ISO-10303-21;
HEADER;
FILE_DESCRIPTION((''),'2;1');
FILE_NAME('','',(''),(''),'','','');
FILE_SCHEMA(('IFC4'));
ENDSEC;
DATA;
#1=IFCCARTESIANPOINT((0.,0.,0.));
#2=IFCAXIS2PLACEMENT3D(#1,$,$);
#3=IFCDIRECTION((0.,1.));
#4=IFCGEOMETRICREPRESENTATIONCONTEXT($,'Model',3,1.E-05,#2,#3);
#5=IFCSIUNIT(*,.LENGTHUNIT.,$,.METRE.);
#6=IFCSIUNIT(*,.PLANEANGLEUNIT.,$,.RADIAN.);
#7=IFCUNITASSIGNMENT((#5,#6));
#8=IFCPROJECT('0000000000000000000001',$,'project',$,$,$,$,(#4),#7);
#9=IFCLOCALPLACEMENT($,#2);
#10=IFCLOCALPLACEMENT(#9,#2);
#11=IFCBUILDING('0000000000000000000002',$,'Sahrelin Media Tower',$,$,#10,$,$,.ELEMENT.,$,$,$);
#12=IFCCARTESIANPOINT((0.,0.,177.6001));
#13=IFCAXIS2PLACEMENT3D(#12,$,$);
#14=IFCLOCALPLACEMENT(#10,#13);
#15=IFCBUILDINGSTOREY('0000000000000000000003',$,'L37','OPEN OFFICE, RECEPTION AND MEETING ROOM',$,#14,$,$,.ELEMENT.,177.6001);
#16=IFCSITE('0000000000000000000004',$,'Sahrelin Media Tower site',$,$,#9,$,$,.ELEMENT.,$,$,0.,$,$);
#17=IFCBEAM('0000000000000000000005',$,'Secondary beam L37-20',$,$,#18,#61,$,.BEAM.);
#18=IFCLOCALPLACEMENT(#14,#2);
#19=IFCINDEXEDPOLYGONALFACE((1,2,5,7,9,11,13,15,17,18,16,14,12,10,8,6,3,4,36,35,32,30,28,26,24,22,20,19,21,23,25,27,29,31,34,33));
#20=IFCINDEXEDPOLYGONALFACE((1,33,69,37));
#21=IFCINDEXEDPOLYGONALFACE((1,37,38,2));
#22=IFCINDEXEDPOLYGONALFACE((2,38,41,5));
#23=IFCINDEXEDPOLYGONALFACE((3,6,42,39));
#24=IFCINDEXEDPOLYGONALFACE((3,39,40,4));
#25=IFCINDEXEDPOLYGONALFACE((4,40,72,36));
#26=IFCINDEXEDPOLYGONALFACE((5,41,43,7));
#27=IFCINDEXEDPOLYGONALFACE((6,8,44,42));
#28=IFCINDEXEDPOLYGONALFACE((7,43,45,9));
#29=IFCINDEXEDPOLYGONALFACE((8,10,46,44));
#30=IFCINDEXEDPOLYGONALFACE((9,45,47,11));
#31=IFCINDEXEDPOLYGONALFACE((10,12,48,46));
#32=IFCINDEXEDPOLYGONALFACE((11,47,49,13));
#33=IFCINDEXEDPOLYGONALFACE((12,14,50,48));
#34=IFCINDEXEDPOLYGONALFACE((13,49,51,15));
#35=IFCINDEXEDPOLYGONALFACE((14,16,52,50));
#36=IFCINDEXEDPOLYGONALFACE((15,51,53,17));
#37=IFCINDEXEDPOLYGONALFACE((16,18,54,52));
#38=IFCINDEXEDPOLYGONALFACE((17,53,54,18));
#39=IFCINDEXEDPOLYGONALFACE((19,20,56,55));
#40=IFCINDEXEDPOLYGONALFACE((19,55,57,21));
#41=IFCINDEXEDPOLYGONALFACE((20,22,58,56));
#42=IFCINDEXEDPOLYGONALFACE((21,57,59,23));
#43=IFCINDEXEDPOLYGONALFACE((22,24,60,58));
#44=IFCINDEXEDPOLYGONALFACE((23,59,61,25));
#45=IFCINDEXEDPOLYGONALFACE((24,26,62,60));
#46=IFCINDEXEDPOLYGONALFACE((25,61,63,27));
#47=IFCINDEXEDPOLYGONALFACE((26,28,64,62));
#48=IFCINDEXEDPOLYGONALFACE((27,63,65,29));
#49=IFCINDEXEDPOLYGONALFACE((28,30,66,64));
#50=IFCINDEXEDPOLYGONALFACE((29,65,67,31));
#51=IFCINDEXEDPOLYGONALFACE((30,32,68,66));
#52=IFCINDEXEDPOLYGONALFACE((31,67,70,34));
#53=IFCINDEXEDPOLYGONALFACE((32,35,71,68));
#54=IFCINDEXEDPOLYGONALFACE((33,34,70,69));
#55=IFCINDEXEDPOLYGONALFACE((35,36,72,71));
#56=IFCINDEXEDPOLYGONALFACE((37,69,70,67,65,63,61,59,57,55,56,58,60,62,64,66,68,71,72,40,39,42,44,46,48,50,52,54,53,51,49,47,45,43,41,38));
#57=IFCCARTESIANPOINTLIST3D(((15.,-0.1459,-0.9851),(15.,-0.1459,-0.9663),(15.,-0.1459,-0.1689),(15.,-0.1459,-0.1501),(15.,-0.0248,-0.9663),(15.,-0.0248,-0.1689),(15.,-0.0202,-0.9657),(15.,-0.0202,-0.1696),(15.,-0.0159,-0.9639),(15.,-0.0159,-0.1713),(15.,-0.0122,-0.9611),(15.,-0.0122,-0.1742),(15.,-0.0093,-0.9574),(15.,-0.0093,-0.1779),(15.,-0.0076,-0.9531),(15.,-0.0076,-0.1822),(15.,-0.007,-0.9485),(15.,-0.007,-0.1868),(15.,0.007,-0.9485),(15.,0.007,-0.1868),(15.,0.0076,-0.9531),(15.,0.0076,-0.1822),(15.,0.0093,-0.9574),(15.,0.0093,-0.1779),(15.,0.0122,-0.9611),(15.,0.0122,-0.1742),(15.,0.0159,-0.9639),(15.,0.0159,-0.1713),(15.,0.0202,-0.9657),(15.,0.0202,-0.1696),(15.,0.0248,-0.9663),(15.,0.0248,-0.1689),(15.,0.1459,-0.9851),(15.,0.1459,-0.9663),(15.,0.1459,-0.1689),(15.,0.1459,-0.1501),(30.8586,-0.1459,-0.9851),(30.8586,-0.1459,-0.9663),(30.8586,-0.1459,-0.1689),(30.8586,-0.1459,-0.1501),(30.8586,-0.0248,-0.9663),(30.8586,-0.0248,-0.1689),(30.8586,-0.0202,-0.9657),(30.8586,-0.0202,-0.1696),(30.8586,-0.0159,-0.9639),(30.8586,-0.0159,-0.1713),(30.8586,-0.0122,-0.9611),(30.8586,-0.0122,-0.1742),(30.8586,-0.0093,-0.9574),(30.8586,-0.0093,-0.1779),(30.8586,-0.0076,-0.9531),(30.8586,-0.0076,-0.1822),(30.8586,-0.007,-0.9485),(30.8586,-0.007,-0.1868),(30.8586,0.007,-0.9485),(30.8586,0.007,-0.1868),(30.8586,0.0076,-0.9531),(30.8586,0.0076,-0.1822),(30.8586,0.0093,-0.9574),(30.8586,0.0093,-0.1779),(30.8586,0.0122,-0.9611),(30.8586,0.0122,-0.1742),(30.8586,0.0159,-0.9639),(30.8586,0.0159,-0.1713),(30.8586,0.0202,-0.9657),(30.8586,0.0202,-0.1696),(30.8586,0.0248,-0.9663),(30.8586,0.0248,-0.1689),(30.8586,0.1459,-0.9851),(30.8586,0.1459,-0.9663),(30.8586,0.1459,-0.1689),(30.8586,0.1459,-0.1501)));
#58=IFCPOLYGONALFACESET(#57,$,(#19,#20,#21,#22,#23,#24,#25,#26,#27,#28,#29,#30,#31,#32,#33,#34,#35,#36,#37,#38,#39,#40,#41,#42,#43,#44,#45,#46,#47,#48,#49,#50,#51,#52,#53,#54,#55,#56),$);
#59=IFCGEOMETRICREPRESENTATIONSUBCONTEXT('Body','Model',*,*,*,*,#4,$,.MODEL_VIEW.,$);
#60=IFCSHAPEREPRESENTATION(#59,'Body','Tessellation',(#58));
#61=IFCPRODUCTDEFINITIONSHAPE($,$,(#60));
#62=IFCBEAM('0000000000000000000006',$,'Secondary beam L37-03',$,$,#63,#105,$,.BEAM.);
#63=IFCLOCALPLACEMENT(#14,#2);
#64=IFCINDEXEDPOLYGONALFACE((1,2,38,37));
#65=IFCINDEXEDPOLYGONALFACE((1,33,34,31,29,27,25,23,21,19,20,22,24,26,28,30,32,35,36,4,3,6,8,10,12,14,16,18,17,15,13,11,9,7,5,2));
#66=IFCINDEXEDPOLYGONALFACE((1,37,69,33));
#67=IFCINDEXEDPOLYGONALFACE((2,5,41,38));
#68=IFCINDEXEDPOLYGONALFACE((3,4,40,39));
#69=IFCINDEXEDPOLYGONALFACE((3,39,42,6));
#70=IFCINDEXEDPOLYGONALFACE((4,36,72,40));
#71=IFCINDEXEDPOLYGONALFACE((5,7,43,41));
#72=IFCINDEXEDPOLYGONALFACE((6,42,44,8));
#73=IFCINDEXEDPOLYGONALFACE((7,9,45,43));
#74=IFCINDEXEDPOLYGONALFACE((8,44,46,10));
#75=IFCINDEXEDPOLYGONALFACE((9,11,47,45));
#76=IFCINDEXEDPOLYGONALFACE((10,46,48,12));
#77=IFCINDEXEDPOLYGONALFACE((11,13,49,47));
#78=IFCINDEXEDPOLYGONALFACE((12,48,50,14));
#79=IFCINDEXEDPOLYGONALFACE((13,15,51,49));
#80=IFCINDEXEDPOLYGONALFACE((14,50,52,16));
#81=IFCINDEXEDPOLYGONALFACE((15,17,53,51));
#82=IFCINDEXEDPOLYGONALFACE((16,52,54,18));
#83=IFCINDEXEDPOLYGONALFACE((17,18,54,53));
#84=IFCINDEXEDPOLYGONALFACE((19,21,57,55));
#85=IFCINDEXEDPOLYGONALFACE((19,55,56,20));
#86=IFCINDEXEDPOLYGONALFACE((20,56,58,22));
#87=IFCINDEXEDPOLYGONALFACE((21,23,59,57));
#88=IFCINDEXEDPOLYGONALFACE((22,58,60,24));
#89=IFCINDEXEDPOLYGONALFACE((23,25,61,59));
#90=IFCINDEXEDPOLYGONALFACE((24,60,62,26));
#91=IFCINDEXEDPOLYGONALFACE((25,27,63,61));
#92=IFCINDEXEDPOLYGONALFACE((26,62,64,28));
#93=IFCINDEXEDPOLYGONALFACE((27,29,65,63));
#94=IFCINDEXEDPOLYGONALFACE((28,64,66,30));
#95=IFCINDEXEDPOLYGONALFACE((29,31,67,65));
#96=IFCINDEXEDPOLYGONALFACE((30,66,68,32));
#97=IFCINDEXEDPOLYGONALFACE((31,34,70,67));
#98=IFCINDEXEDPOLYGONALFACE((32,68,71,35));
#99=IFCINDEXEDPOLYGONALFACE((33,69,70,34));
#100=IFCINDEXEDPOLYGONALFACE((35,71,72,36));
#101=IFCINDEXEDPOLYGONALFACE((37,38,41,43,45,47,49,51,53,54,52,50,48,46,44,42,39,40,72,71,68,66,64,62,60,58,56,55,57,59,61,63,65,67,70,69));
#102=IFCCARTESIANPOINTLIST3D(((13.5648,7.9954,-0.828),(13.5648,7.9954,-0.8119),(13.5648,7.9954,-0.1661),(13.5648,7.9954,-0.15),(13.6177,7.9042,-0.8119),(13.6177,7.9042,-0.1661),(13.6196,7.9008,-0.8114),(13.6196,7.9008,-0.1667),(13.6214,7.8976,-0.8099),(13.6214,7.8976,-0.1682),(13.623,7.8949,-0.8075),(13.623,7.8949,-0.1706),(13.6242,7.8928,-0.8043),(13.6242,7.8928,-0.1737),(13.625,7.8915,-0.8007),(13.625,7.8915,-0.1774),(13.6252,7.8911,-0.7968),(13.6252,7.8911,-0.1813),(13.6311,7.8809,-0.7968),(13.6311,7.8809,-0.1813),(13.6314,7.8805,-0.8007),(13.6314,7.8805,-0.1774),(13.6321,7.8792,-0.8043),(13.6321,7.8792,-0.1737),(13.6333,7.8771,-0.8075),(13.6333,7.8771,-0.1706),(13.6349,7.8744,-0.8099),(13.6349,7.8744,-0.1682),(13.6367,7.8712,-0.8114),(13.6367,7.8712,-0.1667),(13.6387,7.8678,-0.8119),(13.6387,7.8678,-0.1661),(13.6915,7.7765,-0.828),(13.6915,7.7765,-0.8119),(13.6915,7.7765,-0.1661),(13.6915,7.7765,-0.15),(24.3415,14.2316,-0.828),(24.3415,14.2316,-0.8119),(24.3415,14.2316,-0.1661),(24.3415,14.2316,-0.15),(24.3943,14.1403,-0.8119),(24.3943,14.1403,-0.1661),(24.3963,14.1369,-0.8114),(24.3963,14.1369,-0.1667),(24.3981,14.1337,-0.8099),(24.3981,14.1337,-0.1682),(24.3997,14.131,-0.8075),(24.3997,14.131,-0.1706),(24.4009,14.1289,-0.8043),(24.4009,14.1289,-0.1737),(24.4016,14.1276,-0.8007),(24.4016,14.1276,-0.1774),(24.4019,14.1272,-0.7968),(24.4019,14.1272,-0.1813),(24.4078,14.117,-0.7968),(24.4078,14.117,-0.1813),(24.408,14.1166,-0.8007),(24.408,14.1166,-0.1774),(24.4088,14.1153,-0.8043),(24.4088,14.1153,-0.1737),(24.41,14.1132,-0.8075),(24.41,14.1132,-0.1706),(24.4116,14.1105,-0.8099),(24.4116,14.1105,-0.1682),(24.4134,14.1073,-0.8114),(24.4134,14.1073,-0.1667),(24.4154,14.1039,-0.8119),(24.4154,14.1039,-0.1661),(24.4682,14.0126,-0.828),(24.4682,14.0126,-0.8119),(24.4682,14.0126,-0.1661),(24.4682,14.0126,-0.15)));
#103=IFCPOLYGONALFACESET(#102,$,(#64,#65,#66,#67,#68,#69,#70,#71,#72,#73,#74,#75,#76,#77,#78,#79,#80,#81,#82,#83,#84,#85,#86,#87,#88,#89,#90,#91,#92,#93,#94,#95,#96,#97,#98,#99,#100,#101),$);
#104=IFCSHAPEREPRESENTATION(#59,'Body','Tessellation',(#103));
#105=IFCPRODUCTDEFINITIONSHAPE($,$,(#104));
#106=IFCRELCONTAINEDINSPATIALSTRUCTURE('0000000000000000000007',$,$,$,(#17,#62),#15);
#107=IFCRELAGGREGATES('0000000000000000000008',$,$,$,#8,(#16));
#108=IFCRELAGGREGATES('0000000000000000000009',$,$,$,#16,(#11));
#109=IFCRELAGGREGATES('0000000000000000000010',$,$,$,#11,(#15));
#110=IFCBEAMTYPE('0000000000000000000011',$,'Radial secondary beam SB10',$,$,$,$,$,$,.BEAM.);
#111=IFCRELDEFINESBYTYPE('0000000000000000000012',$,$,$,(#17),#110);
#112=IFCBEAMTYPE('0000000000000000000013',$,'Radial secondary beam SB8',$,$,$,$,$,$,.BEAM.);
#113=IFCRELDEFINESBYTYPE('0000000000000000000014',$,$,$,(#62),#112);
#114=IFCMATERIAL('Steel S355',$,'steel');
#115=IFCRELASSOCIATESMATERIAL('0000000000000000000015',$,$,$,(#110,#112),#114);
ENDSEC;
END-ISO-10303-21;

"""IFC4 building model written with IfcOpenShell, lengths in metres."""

from ifc_helpers import new_model, si_unit, direction, frame, origin, origin_2d, place, context, subcontext, project, spatial, i_section, extrude, material, material_profile, profile_set, type_object, element, save


model = new_model("IFC4")

# Units and contexts
model_context = context("Model", 3, precision=1e-05, world=origin(), true_north=direction((0.0, 1.0)))
body_context = subcontext(model_context, "Body", "Model", "MODEL_VIEW")
ifc_project = project(units=[si_unit("LENGTHUNIT", "METRE"), si_unit("PLANEANGLEUNIT", "RADIAN")], contexts=[model_context])

# Site, building, storey
site_placement = place(None, origin())
site = spatial("IfcSite", under=ifc_project, at=site_placement, Name="Sahrelin Media Tower site", CompositionType="ELEMENT", RefElevation=0.0)
building_placement = place(site_placement, origin())
building = spatial("IfcBuilding", under=site, at=building_placement, Name="Sahrelin Media Tower", CompositionType="ELEMENT")
storey_placement = place(building_placement, frame((0.0, 0.0, 177.6001)))
storey = spatial("IfcBuildingStorey", under=building, at=storey_placement, Name="L37", Description="OPEN OFFICE, RECEPTION AND MEETING ROOM", CompositionType="ELEMENT", Elevation=177.6001)

# Beams
ifc_material_1 = material(Name="Steel S355", Category="steel")
ifc_material_profile_1 = material_profile(ifc_material_1, i_section(OverallWidth=0.2917, OverallDepth=0.835, WebThickness=0.0139, FlangeThickness=0.0188, FilletRadius=0.0178, at=origin_2d()), Name="UB 838x292x176")
ifc_profile_set_1 = profile_set([ifc_material_profile_1], Name="Steel S355")
beam_type_1 = type_object("IfcBeamType", Name="Radial secondary beam SB10", PredefinedType="BEAM", material=ifc_profile_set_1)
beam_1_placement = place(storey_placement, frame((15.0, 0.0, -0.5676), z_axis=(1.0, 0.0, 0.0), x_axis=(0.0, 1.0, 0.0)))
element("IfcBeam", 1, at=beam_1_placement, inside=storey, type_object=beam_type_1, Name="Secondary beam L37-20", PredefinedType="BEAM", context=body_context, shape_type="SweptSolid", body=[
    extrude(i_section(OverallWidth=0.2917, OverallDepth=0.835, WebThickness=0.0139, FlangeThickness=0.0188, FilletRadius=0.0178, at=origin_2d()), origin(), (0.0, 0.0, 1.0), 15.8586),
])
ifc_material_profile_2 = material_profile(ifc_material_1, i_section(OverallWidth=0.2529, OverallDepth=0.678, WebThickness=0.0117, FlangeThickness=0.0161, FilletRadius=0.0151, at=origin_2d()), Name="UB 686x254x125")
ifc_profile_set_2 = profile_set([ifc_material_profile_2], Name="Steel S355")
beam_type_2 = type_object("IfcBeamType", Name="Radial secondary beam SB8", PredefinedType="BEAM", material=ifc_profile_set_2)
beam_2_placement = place(storey_placement, frame((13.6282, 7.886, -0.489), z_axis=(0.865531, 0.500855, 0.0), x_axis=(-0.500855, 0.865531, 0.0)))
element("IfcBeam", 2, at=beam_2_placement, inside=storey, type_object=beam_type_2, Name="Secondary beam L37-03", PredefinedType="BEAM", context=body_context, shape_type="SweptSolid", body=[
    extrude(i_section(OverallWidth=0.2529, OverallDepth=0.678, WebThickness=0.0117, FlangeThickness=0.0161, FilletRadius=0.0151, at=origin_2d()), origin(), (0.0, 0.0, 1.0), 12.4509),
])

save(model, "model.ifc")
